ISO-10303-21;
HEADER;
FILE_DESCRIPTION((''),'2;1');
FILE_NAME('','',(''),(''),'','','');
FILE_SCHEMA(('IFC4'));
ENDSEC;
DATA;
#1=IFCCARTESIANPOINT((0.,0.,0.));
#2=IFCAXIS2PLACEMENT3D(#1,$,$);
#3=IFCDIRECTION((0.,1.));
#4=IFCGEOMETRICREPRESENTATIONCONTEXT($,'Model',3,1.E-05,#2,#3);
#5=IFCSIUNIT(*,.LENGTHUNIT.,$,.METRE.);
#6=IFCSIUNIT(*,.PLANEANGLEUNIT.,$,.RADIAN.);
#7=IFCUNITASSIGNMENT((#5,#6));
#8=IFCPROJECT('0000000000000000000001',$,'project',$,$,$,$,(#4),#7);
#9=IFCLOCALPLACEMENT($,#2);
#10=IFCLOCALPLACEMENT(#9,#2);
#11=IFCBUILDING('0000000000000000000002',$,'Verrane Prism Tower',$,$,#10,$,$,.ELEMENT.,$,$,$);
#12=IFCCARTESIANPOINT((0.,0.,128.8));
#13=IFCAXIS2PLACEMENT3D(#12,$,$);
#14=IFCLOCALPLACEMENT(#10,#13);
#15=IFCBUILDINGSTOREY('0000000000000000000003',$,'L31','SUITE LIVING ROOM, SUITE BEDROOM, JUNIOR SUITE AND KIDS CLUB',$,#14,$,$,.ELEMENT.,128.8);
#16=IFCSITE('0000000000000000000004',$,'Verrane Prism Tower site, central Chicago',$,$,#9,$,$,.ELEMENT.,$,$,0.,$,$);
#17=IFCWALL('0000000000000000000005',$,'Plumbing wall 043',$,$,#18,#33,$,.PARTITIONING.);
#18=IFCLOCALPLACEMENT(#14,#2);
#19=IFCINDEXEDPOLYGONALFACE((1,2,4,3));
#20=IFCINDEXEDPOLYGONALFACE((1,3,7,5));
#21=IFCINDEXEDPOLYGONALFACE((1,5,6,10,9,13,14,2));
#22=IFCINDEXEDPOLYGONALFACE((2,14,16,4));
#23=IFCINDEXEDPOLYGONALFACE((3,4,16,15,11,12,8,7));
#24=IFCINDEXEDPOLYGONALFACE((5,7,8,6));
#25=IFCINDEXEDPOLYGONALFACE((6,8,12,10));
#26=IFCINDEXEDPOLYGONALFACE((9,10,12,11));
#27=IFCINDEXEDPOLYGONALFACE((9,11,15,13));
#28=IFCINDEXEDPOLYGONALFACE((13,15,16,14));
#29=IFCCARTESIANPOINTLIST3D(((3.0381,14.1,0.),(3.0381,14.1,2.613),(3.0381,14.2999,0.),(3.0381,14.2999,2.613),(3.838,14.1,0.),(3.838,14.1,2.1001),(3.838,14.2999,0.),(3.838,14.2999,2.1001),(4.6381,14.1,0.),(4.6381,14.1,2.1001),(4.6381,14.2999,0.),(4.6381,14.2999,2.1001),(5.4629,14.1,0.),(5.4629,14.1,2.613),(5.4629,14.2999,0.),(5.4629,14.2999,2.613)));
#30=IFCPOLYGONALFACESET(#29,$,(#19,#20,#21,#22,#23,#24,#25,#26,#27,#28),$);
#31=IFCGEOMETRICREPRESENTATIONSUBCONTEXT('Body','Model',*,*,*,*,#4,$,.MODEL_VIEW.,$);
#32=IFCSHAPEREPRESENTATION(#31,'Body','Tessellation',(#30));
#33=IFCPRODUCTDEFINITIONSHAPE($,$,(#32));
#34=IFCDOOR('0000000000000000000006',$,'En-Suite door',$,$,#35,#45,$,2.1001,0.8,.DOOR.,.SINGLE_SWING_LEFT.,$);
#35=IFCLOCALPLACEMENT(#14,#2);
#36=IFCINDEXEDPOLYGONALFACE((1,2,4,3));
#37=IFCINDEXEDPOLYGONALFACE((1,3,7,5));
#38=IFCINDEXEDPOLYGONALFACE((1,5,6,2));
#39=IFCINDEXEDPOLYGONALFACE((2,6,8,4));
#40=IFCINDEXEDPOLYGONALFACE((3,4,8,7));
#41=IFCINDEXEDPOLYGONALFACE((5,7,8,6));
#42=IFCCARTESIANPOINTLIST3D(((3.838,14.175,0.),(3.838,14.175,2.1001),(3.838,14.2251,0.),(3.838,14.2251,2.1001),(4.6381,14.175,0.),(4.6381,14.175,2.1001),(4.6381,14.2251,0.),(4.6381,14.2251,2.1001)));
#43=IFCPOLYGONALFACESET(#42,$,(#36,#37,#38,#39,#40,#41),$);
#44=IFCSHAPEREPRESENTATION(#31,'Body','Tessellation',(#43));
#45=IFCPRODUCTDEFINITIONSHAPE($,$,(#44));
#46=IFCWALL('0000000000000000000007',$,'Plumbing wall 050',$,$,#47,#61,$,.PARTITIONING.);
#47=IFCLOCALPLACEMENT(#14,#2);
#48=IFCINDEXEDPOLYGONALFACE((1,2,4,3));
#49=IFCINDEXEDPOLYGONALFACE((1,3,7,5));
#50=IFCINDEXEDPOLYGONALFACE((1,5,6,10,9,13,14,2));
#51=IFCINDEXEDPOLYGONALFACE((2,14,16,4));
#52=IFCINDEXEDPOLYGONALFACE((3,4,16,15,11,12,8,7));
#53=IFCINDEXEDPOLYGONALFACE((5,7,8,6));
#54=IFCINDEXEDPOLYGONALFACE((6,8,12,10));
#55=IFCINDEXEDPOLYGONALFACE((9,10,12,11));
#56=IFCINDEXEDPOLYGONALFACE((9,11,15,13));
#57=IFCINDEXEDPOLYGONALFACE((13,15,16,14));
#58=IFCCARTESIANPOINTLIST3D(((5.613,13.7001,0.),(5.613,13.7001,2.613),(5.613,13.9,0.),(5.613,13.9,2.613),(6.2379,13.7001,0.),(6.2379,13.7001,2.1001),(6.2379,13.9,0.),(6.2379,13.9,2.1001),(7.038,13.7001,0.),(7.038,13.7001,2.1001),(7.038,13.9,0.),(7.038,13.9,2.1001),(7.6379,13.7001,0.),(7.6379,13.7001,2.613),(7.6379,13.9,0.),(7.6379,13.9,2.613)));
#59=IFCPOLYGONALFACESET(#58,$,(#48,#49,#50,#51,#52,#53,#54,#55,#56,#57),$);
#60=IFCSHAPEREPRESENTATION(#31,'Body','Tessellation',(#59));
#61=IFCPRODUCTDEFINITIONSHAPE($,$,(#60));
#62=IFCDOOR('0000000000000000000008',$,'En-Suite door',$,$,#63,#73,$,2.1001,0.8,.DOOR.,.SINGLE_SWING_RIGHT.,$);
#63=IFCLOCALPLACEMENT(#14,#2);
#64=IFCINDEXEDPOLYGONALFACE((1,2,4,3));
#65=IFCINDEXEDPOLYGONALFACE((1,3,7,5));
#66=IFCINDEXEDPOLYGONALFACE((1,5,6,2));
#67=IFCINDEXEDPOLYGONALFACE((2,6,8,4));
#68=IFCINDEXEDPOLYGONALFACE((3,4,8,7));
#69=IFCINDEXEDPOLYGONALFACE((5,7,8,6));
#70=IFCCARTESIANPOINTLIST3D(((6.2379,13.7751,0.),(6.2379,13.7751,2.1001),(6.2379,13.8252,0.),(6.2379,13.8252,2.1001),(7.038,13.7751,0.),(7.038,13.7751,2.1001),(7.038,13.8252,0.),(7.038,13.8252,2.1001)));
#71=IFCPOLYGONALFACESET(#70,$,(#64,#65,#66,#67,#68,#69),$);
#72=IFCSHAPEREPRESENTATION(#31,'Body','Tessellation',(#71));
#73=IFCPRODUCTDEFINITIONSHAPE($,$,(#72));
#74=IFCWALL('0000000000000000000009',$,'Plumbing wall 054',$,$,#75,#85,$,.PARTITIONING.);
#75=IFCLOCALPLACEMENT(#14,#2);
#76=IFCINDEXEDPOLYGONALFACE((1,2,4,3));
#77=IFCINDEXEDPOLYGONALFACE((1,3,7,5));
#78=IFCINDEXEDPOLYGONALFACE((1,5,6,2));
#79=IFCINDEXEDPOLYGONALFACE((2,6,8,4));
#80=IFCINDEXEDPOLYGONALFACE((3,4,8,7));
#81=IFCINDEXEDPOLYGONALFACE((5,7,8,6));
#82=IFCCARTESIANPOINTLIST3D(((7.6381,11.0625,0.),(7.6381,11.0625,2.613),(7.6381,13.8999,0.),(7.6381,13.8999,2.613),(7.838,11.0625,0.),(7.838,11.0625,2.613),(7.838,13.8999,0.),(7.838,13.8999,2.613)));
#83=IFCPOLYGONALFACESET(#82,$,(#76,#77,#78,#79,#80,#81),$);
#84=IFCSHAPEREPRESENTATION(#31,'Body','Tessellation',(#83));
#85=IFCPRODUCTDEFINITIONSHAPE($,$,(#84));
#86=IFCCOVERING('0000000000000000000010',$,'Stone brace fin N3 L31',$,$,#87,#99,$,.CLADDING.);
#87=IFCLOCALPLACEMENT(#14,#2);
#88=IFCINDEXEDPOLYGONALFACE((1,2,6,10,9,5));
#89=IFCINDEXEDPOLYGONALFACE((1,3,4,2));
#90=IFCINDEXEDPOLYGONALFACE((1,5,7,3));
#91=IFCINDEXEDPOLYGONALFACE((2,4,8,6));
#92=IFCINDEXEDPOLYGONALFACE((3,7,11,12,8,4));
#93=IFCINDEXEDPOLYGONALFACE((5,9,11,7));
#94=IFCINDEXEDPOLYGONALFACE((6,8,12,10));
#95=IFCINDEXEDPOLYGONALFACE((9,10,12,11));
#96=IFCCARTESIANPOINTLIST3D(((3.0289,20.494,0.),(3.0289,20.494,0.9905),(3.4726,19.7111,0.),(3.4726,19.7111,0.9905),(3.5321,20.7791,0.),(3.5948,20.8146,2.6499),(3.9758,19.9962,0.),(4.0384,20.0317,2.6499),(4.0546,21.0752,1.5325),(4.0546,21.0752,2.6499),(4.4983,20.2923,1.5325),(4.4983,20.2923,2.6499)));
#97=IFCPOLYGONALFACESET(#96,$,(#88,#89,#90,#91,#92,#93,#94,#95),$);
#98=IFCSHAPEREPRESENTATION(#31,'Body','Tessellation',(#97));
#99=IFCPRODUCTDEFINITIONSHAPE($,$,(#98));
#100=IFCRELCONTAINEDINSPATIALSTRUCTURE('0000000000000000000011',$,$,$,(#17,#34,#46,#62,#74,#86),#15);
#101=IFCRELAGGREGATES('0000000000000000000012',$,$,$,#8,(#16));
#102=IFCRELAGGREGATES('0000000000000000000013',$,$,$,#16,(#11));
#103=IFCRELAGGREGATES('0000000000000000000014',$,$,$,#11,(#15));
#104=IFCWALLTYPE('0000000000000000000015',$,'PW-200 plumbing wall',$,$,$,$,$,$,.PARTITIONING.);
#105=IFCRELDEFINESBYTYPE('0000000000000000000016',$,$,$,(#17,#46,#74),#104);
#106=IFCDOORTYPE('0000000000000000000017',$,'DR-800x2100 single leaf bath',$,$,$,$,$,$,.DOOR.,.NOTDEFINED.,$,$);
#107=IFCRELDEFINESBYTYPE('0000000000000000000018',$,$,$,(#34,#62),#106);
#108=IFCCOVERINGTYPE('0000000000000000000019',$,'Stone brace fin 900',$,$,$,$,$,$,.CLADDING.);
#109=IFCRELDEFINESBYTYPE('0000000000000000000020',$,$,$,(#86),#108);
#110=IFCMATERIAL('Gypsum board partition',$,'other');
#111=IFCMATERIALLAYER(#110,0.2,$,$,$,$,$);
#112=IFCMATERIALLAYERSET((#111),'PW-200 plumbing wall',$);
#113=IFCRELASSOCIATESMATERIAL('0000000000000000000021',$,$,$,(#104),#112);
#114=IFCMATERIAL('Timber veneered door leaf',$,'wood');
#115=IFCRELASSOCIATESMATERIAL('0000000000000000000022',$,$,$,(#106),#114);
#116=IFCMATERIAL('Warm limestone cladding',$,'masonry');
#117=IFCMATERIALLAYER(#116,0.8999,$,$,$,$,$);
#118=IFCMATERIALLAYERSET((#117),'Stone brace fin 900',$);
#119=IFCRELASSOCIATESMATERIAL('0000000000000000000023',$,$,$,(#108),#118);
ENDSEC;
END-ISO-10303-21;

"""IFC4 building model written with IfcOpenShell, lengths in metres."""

from ifc_helpers import new_model, si_unit, direction, frame, frame_2d, origin, place, context, subcontext, project, spatial, polyline, rectangle, outline, extrude, material, layer, layer_set, type_object, element, fill, save


model = new_model("IFC4")

# Units and contexts
model_context = context("Model", 3, precision=1e-05, world=origin(), true_north=direction((0.0, 1.0)))
body_context = subcontext(model_context, "Body", "Model", "MODEL_VIEW")
ifc_project = project(units=[si_unit("LENGTHUNIT", "METRE"), si_unit("PLANEANGLEUNIT", "RADIAN")], contexts=[model_context])

# Site, building, storey
site_placement = place(None, origin())
site = spatial("IfcSite", under=ifc_project, at=site_placement, Name="Verrane Prism Tower site, central Chicago", CompositionType="ELEMENT", RefElevation=0.0)
building_placement = place(site_placement, origin())
building = spatial("IfcBuilding", under=site, at=building_placement, Name="Verrane Prism Tower", CompositionType="ELEMENT")
storey_placement = place(building_placement, frame((0.0, 0.0, 128.8)))
storey = spatial("IfcBuildingStorey", under=building, at=storey_placement, Name="L31", Description="SUITE LIVING ROOM, SUITE BEDROOM, JUNIOR SUITE AND KIDS CLUB", CompositionType="ELEMENT", Elevation=128.8)

# Shared definitions
ifc_material_1 = material(Name="Gypsum board partition", Category="other")
ifc_layer_1 = layer(ifc_material_1, 0.2)
ifc_layer_set_1 = layer_set([ifc_layer_1], Name="PW-200 plumbing wall")
wall_type_1 = type_object("IfcWallType", Name="PW-200 plumbing wall", PredefinedType="PARTITIONING", material=ifc_layer_set_1)

# Walls, openings, doors
wall_1_placement = place(storey_placement, frame((5.4629, 14.2, 0.0), z_axis=(0.0, 0.0, 1.0), x_axis=(-1.0, 0.0, 0.0)))
wall_1 = element("IfcWall", 1, at=wall_1_placement, inside=storey, type_object=wall_type_1, Name="Plumbing wall 043", PredefinedType="PARTITIONING", context=body_context, shape_type="SweptSolid", body=[
    extrude(rectangle(XDim=2.4248, YDim=0.2, at=frame_2d((1.2124, 0.0))), origin(), (0.0, 0.0, 1.0), 2.613),
])
opening_1_placement = place(wall_1_placement, frame((0.825, 0.0, 0.0)))
opening_1 = element("IfcOpeningElement", 2, at=opening_1_placement, cuts=wall_1, PredefinedType="OPENING", context=body_context, shape_type="SweptSolid", body=[
    extrude(rectangle(XDim=0.8, YDim=2.1001, at=frame_2d((0.3999, 1.05))), frame((0.0, 0.1099, 0.0), z_axis=(0.0, -1.0, 0.0), x_axis=(1.0, 0.0, 0.0)), (0.0, 0.0, 1.0), 0.22),
])
ifc_material_2 = material(Name="Timber veneered door leaf", Category="wood")
door_type_1 = type_object("IfcDoorType", Name="DR-800x2100 single leaf bath", OperationType="NOTDEFINED", PredefinedType="DOOR", material=ifc_material_2)
door_1_placement = place(opening_1_placement, origin())
door_1 = element("IfcDoor", 3, at=door_1_placement, inside=storey, type_object=door_type_1, Name="En-Suite door", OperationType="SINGLE_SWING_LEFT", OverallHeight=2.1001, OverallWidth=0.8, PredefinedType="DOOR", context=body_context, shape_type="SweptSolid", body=[
    extrude(rectangle(XDim=0.8, YDim=2.1001, at=frame_2d((0.3999, 1.05))), frame((0.0, 0.0249, 0.0), z_axis=(0.0, -1.0, 0.0), x_axis=(1.0, 0.0, 0.0)), (0.0, 0.0, 1.0), 0.05),
])
fill(opening_1, door_1)
wall_2_placement = place(storey_placement, frame((7.6379, 13.8, 0.0), z_axis=(0.0, 0.0, 1.0), x_axis=(-1.0, 0.0, 0.0)))
wall_2 = element("IfcWall", 4, at=wall_2_placement, inside=storey, type_object=wall_type_1, Name="Plumbing wall 050", PredefinedType="PARTITIONING", context=body_context, shape_type="SweptSolid", body=[
    extrude(rectangle(XDim=2.0249, YDim=0.2, at=frame_2d((1.0125, 0.0))), origin(), (0.0, 0.0, 1.0), 2.613),
])
opening_2_placement = place(wall_2_placement, frame((0.6001, 0.0, 0.0)))
opening_2 = element("IfcOpeningElement", 5, at=opening_2_placement, cuts=wall_2, PredefinedType="OPENING", context=body_context, shape_type="SweptSolid", body=[
    extrude(rectangle(XDim=0.8, YDim=2.1001, at=frame_2d((0.3999, 1.05))), frame((0.0, 0.1099, 0.0), z_axis=(0.0, -1.0, 0.0), x_axis=(1.0, 0.0, 0.0)), (0.0, 0.0, 1.0), 0.22),
])
door_2_placement = place(opening_2_placement, origin())
door_2 = element("IfcDoor", 6, at=door_2_placement, inside=storey, type_object=door_type_1, Name="En-Suite door", OperationType="SINGLE_SWING_RIGHT", OverallHeight=2.1001, OverallWidth=0.8, PredefinedType="DOOR", context=body_context, shape_type="SweptSolid", body=[
    extrude(rectangle(XDim=0.8, YDim=2.1001, at=frame_2d((0.3999, 1.05))), frame((0.0, 0.0249, 0.0), z_axis=(0.0, -1.0, 0.0), x_axis=(1.0, 0.0, 0.0)), (0.0, 0.0, 1.0), 0.05),
])
fill(opening_2, door_2)

# Wall
wall_3_placement = place(storey_placement, frame((7.738, 11.0625, 0.0), z_axis=(0.0, 0.0, 1.0), x_axis=(0.0, 1.0, 0.0)))
element("IfcWall", 7, at=wall_3_placement, inside=storey, type_object=wall_type_1, Name="Plumbing wall 054", PredefinedType="PARTITIONING", context=body_context, shape_type="SweptSolid", body=[
    extrude(rectangle(XDim=2.8374, YDim=0.2, at=frame_2d((1.4187, 0.0))), origin(), (0.0, 0.0, 1.0), 2.613),
])

# Covering
ifc_material_3 = material(Name="Warm limestone cladding", Category="masonry")
ifc_layer_2 = layer(ifc_material_3, 0.8999)
ifc_layer_set_2 = layer_set([ifc_layer_2], Name="Stone brace fin 900")
covering_type = type_object("IfcCoveringType", Name="Stone brace fin 900", PredefinedType="CLADDING", material=ifc_layer_set_2)
covering_placement = place(storey_placement, frame((3.2507, 20.1025, 0.0), z_axis=(0.0, 0.0, 1.0), x_axis=(0.870034, 0.492992, 0.0)))
element("IfcCovering", 8, at=covering_placement, inside=storey, type_object=covering_type, Name="Stone brace fin N3 L31", PredefinedType="CLADDING", context=body_context, shape_type="SweptSolid", body=[
    extrude(outline(polyline([(1.179, 2.6499), (0.6504, 2.6499), (0.0, 0.9905), (0.0, 0.0), (0.5784, 0.0), (1.179, 1.5325), (1.179, 2.6499)])), frame((0.0, 0.45, 0.0), z_axis=(0.0, -1.0, 0.0), x_axis=(1.0, 0.0, 0.0)), (0.0, 0.0, 1.0), 0.8999),
])

save(model, "model.ifc")
